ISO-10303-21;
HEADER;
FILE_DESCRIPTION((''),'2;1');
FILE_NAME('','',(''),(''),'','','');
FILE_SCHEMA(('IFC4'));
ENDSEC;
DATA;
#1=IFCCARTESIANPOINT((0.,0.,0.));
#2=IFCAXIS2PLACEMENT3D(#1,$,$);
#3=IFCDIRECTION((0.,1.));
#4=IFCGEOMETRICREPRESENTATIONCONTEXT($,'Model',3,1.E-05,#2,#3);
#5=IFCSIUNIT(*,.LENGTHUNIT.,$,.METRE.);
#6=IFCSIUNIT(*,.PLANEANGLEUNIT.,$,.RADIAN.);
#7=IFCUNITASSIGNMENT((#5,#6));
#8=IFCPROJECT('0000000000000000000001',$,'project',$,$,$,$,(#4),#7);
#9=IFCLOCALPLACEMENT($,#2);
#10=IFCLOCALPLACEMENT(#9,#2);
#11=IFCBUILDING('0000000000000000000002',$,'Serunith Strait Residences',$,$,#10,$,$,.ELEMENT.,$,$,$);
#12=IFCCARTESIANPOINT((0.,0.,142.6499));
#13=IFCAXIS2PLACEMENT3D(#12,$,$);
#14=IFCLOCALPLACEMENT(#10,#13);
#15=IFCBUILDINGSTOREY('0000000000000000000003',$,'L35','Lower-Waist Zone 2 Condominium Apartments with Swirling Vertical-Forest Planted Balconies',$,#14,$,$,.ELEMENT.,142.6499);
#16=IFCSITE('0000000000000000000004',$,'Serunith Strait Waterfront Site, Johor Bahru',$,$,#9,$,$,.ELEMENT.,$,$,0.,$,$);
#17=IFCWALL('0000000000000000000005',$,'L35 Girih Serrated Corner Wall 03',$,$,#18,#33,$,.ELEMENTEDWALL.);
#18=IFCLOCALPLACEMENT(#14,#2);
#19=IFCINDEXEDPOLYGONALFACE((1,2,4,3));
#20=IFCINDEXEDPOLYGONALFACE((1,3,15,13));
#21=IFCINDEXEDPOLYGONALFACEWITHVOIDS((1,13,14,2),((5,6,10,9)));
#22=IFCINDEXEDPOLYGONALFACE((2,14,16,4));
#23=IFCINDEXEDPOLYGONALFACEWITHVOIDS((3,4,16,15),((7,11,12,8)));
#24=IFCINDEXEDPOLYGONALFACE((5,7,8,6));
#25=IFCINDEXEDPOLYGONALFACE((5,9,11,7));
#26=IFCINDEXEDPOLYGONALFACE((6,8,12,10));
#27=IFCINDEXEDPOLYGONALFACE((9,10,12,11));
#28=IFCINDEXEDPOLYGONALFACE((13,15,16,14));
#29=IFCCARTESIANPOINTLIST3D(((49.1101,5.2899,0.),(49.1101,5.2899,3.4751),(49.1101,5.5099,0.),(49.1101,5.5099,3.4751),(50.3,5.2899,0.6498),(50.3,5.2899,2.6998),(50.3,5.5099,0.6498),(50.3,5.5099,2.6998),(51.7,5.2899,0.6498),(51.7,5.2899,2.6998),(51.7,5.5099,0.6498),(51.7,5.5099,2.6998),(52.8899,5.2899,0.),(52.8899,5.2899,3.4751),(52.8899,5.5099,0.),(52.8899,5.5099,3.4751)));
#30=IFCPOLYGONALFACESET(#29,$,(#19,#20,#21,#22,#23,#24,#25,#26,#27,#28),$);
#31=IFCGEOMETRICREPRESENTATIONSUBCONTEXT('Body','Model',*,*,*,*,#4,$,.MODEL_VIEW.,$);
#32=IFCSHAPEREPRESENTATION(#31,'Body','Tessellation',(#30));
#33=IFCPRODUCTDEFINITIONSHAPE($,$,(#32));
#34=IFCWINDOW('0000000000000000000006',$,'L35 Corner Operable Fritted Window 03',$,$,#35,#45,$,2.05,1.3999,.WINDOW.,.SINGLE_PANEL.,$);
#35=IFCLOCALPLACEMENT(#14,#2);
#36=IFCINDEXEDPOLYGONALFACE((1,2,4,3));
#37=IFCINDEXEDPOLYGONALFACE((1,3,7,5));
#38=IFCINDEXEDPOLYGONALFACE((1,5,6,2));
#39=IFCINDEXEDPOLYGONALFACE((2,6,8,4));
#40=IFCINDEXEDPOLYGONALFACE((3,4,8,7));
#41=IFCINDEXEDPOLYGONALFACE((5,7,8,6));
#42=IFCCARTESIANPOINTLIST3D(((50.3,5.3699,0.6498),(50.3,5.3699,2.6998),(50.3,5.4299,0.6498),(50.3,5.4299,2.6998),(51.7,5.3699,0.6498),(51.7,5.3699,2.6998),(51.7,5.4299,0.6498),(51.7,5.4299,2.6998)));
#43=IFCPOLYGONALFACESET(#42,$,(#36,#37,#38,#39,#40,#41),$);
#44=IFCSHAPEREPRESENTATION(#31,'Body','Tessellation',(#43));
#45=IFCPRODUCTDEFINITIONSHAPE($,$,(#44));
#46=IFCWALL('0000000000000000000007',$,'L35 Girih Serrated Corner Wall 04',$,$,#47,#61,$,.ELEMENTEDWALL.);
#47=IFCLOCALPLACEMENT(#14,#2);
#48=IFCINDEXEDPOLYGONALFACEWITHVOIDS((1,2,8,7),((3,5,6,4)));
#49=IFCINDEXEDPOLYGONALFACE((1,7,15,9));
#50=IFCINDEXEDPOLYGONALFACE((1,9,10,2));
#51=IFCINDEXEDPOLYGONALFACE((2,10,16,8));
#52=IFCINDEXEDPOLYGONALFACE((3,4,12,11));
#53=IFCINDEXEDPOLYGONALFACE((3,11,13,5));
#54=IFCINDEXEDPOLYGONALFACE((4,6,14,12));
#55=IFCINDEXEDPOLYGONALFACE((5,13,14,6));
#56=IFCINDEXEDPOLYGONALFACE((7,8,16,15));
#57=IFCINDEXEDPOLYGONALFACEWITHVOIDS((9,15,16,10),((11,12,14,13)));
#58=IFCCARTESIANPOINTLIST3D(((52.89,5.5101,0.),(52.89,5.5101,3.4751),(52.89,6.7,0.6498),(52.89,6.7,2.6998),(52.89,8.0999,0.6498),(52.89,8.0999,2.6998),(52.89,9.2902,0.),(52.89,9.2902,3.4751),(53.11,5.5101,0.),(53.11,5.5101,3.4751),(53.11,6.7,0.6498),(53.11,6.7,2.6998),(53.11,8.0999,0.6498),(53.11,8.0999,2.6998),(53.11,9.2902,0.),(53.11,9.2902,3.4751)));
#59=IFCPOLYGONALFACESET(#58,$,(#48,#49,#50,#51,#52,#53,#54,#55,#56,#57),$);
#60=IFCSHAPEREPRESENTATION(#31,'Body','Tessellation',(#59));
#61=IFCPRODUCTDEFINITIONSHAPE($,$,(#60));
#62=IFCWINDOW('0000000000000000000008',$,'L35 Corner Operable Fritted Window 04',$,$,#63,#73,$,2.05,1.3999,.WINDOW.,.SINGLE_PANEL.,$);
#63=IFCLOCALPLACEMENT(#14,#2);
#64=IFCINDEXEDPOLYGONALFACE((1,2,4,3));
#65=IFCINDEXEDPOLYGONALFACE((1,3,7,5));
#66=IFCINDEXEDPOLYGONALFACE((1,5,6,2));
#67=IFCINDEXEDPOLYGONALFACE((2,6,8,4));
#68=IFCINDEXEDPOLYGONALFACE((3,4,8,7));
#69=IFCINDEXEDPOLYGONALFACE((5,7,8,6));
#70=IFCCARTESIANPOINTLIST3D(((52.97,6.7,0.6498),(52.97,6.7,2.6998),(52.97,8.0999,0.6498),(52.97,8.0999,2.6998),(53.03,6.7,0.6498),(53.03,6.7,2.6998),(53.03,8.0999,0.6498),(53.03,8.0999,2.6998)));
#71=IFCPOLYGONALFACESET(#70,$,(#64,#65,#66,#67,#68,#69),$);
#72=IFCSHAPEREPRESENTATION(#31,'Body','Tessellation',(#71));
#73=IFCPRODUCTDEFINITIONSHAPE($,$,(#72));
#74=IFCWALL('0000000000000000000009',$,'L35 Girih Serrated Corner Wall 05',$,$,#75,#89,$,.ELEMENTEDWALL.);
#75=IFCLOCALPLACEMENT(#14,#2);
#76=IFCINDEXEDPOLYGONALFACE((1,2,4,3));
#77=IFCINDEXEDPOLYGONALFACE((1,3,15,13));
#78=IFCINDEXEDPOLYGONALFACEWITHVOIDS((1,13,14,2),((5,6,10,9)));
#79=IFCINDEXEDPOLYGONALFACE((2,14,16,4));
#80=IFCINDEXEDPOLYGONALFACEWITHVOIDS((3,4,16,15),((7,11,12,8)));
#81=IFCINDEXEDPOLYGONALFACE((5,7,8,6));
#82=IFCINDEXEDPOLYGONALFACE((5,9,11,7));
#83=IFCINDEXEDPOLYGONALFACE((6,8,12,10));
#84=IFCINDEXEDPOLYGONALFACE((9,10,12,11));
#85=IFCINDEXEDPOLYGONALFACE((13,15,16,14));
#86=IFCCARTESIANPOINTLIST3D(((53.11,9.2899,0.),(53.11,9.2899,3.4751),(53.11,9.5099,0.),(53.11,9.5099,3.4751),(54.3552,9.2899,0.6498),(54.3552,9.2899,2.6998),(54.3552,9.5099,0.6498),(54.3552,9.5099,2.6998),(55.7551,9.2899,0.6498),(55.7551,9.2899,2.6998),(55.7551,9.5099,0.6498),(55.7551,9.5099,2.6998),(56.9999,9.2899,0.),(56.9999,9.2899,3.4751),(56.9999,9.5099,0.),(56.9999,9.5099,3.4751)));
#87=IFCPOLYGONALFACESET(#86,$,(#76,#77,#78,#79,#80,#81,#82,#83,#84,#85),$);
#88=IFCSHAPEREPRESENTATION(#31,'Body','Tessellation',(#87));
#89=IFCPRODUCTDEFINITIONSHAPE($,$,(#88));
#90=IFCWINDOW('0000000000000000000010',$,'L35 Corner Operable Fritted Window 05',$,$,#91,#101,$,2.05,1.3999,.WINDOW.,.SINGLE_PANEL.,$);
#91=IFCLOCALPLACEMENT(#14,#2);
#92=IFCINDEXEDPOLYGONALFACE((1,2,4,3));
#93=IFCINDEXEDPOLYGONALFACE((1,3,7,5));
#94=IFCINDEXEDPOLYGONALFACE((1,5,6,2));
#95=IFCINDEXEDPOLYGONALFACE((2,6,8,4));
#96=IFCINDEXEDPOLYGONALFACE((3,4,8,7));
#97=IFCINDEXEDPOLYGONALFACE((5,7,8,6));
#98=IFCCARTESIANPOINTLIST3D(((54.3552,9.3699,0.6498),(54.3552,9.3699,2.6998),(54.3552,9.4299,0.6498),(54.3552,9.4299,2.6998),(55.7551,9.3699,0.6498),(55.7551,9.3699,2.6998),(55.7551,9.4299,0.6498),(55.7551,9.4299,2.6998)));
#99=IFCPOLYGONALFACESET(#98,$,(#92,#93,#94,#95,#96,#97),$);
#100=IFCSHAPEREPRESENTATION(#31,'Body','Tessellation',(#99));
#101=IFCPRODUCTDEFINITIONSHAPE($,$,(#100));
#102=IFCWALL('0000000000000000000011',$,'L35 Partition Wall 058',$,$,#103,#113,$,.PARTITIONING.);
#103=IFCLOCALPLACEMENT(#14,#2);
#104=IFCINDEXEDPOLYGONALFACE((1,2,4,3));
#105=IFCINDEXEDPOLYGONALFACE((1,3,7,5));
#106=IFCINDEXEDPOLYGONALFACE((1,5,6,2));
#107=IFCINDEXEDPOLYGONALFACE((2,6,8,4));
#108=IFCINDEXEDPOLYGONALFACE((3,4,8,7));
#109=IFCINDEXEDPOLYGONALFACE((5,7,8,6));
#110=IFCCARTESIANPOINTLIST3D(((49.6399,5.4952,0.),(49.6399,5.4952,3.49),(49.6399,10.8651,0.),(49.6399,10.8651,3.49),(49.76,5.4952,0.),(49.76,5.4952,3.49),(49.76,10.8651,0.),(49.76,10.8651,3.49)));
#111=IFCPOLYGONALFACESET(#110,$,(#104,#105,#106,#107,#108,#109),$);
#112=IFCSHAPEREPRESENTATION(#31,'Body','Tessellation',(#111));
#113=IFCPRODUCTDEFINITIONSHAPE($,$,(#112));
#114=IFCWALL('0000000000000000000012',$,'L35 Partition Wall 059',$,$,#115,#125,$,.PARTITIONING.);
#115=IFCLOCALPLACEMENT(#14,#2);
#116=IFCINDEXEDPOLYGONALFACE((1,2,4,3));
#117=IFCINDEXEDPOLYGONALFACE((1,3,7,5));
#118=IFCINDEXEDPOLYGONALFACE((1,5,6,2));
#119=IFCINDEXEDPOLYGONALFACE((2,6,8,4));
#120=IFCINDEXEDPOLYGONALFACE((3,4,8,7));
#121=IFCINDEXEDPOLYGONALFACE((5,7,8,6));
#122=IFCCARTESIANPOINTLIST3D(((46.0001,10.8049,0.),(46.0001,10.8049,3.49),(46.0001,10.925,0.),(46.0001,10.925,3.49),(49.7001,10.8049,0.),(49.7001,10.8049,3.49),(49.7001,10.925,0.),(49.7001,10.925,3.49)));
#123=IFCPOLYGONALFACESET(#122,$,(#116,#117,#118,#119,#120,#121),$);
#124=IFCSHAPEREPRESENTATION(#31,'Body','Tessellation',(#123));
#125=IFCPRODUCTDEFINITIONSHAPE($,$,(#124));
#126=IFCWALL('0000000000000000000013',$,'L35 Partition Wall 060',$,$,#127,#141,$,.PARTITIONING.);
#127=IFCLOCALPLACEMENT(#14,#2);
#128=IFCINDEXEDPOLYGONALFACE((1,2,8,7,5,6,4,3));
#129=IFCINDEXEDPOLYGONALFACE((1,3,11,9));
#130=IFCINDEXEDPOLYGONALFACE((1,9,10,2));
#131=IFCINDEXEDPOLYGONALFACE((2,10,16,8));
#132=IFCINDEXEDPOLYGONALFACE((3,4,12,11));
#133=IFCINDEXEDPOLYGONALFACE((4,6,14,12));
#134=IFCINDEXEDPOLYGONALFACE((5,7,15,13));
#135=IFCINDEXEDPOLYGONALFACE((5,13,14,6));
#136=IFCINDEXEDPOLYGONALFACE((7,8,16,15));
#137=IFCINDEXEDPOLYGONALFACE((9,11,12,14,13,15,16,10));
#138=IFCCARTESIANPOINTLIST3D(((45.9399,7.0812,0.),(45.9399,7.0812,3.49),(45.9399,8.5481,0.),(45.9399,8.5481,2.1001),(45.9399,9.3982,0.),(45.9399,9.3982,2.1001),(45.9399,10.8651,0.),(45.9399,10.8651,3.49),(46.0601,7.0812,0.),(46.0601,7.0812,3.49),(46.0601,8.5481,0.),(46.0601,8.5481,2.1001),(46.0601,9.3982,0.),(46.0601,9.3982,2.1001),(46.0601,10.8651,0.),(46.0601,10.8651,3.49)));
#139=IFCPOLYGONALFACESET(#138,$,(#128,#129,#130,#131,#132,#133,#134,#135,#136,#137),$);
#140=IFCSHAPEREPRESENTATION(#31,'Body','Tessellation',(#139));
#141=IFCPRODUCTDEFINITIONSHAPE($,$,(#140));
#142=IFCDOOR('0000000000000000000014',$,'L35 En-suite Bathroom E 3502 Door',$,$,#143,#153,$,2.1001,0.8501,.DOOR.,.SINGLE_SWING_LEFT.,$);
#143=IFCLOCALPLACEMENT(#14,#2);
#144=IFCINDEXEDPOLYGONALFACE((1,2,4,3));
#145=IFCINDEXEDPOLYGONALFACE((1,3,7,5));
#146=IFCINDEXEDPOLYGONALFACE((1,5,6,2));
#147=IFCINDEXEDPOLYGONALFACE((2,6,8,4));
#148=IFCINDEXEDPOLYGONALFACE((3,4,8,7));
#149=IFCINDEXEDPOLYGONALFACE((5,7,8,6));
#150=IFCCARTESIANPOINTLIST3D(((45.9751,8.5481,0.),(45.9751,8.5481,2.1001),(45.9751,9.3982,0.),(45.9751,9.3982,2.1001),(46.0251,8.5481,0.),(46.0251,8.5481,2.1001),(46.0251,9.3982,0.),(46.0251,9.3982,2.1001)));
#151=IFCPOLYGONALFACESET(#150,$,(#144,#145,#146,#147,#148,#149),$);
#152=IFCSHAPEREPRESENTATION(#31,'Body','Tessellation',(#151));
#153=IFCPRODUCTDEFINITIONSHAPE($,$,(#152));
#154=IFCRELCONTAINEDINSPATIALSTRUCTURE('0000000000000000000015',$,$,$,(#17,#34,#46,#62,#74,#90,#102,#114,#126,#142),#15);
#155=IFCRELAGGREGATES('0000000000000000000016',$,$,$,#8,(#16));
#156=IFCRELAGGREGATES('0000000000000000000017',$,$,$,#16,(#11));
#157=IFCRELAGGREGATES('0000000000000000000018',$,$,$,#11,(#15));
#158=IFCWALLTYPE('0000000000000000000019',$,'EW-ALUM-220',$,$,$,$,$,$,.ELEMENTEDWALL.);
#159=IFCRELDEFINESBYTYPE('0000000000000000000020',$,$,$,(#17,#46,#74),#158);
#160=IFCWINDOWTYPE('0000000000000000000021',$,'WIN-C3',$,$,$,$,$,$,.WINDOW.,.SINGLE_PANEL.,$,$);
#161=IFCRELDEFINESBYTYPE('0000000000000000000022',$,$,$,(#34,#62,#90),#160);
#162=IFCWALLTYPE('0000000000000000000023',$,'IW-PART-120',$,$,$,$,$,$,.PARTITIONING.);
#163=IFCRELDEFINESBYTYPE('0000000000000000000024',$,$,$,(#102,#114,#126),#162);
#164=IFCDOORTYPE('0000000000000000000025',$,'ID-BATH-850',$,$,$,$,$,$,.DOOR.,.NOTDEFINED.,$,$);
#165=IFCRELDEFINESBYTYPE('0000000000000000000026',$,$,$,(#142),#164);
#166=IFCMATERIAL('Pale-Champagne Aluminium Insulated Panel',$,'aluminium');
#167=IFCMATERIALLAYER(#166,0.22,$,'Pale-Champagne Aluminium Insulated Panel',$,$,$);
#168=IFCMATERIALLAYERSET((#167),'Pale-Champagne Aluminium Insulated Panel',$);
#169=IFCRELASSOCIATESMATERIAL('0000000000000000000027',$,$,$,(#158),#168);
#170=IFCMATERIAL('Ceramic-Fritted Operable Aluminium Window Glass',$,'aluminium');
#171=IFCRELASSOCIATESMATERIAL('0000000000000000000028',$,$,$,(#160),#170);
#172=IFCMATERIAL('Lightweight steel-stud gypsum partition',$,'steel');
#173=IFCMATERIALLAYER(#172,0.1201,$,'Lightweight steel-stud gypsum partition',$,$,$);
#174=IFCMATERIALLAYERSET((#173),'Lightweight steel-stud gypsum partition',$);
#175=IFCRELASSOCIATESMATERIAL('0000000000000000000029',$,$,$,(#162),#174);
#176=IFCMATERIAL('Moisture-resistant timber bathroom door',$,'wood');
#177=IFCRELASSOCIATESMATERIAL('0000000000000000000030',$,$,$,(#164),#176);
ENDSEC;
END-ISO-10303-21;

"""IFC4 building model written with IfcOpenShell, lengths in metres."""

from ifc_helpers import new_model, si_unit, direction, frame, frame_2d, origin, place, context, subcontext, project, spatial, rectangle, extrude, source, transform, mapped, material, layer, layer_set, type_object, element, fill, save


model = new_model("IFC4")

# Units and contexts
model_context = context("Model", 3, precision=1e-05, world=origin(), true_north=direction((0.0, 1.0)))
body_context = subcontext(model_context, "Body", "Model", "MODEL_VIEW")
ifc_project = project(units=[si_unit("LENGTHUNIT", "METRE"), si_unit("PLANEANGLEUNIT", "RADIAN")], contexts=[model_context])

# Site, building, storey
site_placement = place(None, origin())
site = spatial("IfcSite", under=ifc_project, at=site_placement, Name="Serunith Strait Waterfront Site, Johor Bahru", CompositionType="ELEMENT", RefElevation=0.0)
building_placement = place(site_placement, origin())
building = spatial("IfcBuilding", under=site, at=building_placement, Name="Serunith Strait Residences", CompositionType="ELEMENT")
storey_placement = place(building_placement, frame((0.0, 0.0, 142.6499)))
storey = spatial("IfcBuildingStorey", under=building, at=storey_placement, Name="L35", Description="Lower-Waist Zone 2 Condominium Apartments with Swirling Vertical-Forest Planted Balconies", CompositionType="ELEMENT", Elevation=142.6499)

# Walls, openings, windows
ifc_material_1 = material(Name="Pale-Champagne Aluminium Insulated Panel", Category="aluminium")
ifc_layer_1 = layer(ifc_material_1, 0.22, Name="Pale-Champagne Aluminium Insulated Panel")
ifc_layer_set_1 = layer_set([ifc_layer_1], Name="Pale-Champagne Aluminium Insulated Panel")
wall_type_1 = type_object("IfcWallType", Name="EW-ALUM-220", PredefinedType="ELEMENTEDWALL", material=ifc_layer_set_1)
ifc_material_2 = material(Name="Ceramic-Fritted Operable Aluminium Window Glass", Category="aluminium")
window_type = type_object("IfcWindowType", Name="WIN-C3", PartitioningType="SINGLE_PANEL", PredefinedType="WINDOW", material=ifc_material_2)
shared_shape_1 = source(origin(), body_context, "Body", "SweptSolid", [
    extrude(rectangle(XDim=1.3999, YDim=2.05, at=frame_2d((0.7, 1.0249))), frame((0.0, 0.03, 0.0), z_axis=(0.0, -1.0, 0.0), x_axis=(1.0, 0.0, 0.0)), (0.0, 0.0, 1.0), 0.0601),
])
wall_1_placement = place(storey_placement, frame((49.1101, 5.3999, 0.0), z_axis=(0.0, 0.0, 1.0), x_axis=(1.0, 0.0, 0.0)))
wall_1 = element("IfcWall", 1, at=wall_1_placement, inside=storey, type_object=wall_type_1, Name="L35 Girih Serrated Corner Wall 03", PredefinedType="ELEMENTEDWALL", context=body_context, shape_type="SweptSolid", body=[
    extrude(rectangle(XDim=3.7798, YDim=0.22, at=frame_2d((1.8899, 0.0))), origin(), (0.0, 0.0, 1.0), 3.4751),
])
opening_1_placement = place(wall_1_placement, frame((1.1899, 0.0, 0.6499)))
opening_1 = element("IfcOpeningElement", 2, at=opening_1_placement, cuts=wall_1, PredefinedType="OPENING", context=body_context, shape_type="SweptSolid", body=[
    extrude(rectangle(XDim=1.3999, YDim=2.05, at=frame_2d((0.7, 1.0249))), frame((0.0, 0.1201, 0.0), z_axis=(0.0, -1.0, 0.0), x_axis=(1.0, 0.0, 0.0)), (0.0, 0.0, 1.0), 0.24),
])
window_1_placement = place(opening_1_placement, origin())
window_1 = element("IfcWindow", 3, at=window_1_placement, inside=storey, type_object=window_type, Name="L35 Corner Operable Fritted Window 03", OverallHeight=2.05, OverallWidth=1.3999, PartitioningType="SINGLE_PANEL", PredefinedType="WINDOW", context=body_context, shape_type="MappedRepresentation", body=[
    mapped(shared_shape_1, transform((0.0, 0.0, 0.0), scale=1.0)),
])
fill(opening_1, window_1)
wall_2_placement = place(storey_placement, frame((53.0, 5.51, 0.0), z_axis=(0.0, 0.0, 1.0), x_axis=(0.0, 1.0, 0.0)))
wall_2 = element("IfcWall", 4, at=wall_2_placement, inside=storey, type_object=wall_type_1, Name="L35 Girih Serrated Corner Wall 04", PredefinedType="ELEMENTEDWALL", context=body_context, shape_type="SweptSolid", body=[
    extrude(rectangle(XDim=3.78, YDim=0.22, at=frame_2d((1.8901, 0.0))), origin(), (0.0, 0.0, 1.0), 3.4751),
])
opening_2_placement = place(wall_2_placement, frame((1.1899, 0.0, 0.6499)))
opening_2 = element("IfcOpeningElement", 5, at=opening_2_placement, cuts=wall_2, PredefinedType="OPENING", context=body_context, shape_type="SweptSolid", body=[
    extrude(rectangle(XDim=1.3999, YDim=2.05, at=frame_2d((0.7, 1.0249))), frame((0.0, 0.1201, 0.0), z_axis=(0.0, -1.0, 0.0), x_axis=(1.0, 0.0, 0.0)), (0.0, 0.0, 1.0), 0.24),
])
window_2_placement = place(opening_2_placement, origin())
window_2 = element("IfcWindow", 6, at=window_2_placement, inside=storey, type_object=window_type, Name="L35 Corner Operable Fritted Window 04", OverallHeight=2.05, OverallWidth=1.3999, PartitioningType="SINGLE_PANEL", PredefinedType="WINDOW", context=body_context, shape_type="MappedRepresentation", body=[
    mapped(shared_shape_1, transform((0.0, 0.0, 0.0), scale=1.0)),
])
fill(opening_2, window_2)
wall_3_placement = place(storey_placement, frame((53.1101, 9.3999, 0.0), z_axis=(0.0, 0.0, 1.0), x_axis=(1.0, 0.0, 0.0)))
wall_3 = element("IfcWall", 7, at=wall_3_placement, inside=storey, type_object=wall_type_1, Name="L35 Girih Serrated Corner Wall 05", PredefinedType="ELEMENTEDWALL", context=body_context, shape_type="SweptSolid", body=[
    extrude(rectangle(XDim=3.8899, YDim=0.22, at=frame_2d((1.9448, 0.0))), origin(), (0.0, 0.0, 1.0), 3.4751),
])
opening_3_placement = place(wall_3_placement, frame((1.2451, 0.0, 0.6499)))
opening_3 = element("IfcOpeningElement", 8, at=opening_3_placement, cuts=wall_3, PredefinedType="OPENING", context=body_context, shape_type="SweptSolid", body=[
    extrude(rectangle(XDim=1.3999, YDim=2.05, at=frame_2d((0.7, 1.0249))), frame((0.0, 0.1201, 0.0), z_axis=(0.0, -1.0, 0.0), x_axis=(1.0, 0.0, 0.0)), (0.0, 0.0, 1.0), 0.24),
])
window_3_placement = place(opening_3_placement, origin())
window_3 = element("IfcWindow", 9, at=window_3_placement, inside=storey, type_object=window_type, Name="L35 Corner Operable Fritted Window 05", OverallHeight=2.05, OverallWidth=1.3999, PartitioningType="SINGLE_PANEL", PredefinedType="WINDOW", context=body_context, shape_type="MappedRepresentation", body=[
    mapped(shared_shape_1, transform((0.0, 0.0, 0.0), scale=1.0)),
])
fill(opening_3, window_3)

# Walls
ifc_material_3 = material(Name="Lightweight steel-stud gypsum partition", Category="steel")
ifc_layer_2 = layer(ifc_material_3, 0.1201, Name="Lightweight steel-stud gypsum partition")
ifc_layer_set_2 = layer_set([ifc_layer_2], Name="Lightweight steel-stud gypsum partition")
wall_type_2 = type_object("IfcWallType", Name="IW-PART-120", PredefinedType="PARTITIONING", material=ifc_layer_set_2)
wall_4_placement = place(storey_placement, frame((49.7, 5.4951, 0.0), z_axis=(0.0, 0.0, 1.0), x_axis=(0.0, 1.0, 0.0)))
element("IfcWall", 10, at=wall_4_placement, inside=storey, type_object=wall_type_2, Name="L35 Partition Wall 058", PredefinedType="PARTITIONING", context=body_context, shape_type="SweptSolid", body=[
    extrude(rectangle(XDim=5.3699, YDim=0.1201, at=frame_2d((2.6851, 0.0))), origin(), (0.0, 0.0, 1.0), 3.49),
])
wall_5_placement = place(storey_placement, frame((46.0, 10.865, 0.0), z_axis=(0.0, 0.0, 1.0), x_axis=(1.0, 0.0, 0.0)))
element("IfcWall", 11, at=wall_5_placement, inside=storey, type_object=wall_type_2, Name="L35 Partition Wall 059", PredefinedType="PARTITIONING", context=body_context, shape_type="SweptSolid", body=[
    extrude(rectangle(XDim=3.7, YDim=0.1201, at=frame_2d((1.8501, 0.0))), origin(), (0.0, 0.0, 1.0), 3.49),
])

# Wall, opening, door
wall_6_placement = place(storey_placement, frame((46.0, 7.0811, 0.0), z_axis=(0.0, 0.0, 1.0), x_axis=(0.0, 1.0, 0.0)))
wall_6 = element("IfcWall", 12, at=wall_6_placement, inside=storey, type_object=wall_type_2, Name="L35 Partition Wall 060", PredefinedType="PARTITIONING", context=body_context, shape_type="SweptSolid", body=[
    extrude(rectangle(XDim=3.7839, YDim=0.1201, at=frame_2d((1.8921, 0.0))), origin(), (0.0, 0.0, 1.0), 3.49),
])
opening_4_placement = place(wall_6_placement, frame((1.467, 0.0, 0.0)))
opening_4 = element("IfcOpeningElement", 13, at=opening_4_placement, cuts=wall_6, PredefinedType="OPENING", context=body_context, shape_type="SweptSolid", body=[
    extrude(rectangle(XDim=0.8501, YDim=2.1001, at=frame_2d((0.425, 1.05))), frame((0.0, 0.0701, 0.0), z_axis=(0.0, -1.0, 0.0), x_axis=(1.0, 0.0, 0.0)), (0.0, 0.0, 1.0), 0.1401),
])
ifc_material_4 = material(Name="Moisture-resistant timber bathroom door", Category="wood")
door_type_1 = type_object("IfcDoorType", Name="ID-BATH-850", OperationType="NOTDEFINED", PredefinedType="DOOR", material=ifc_material_4)
shared_shape_2 = source(origin(), body_context, "Body", "SweptSolid", [
    extrude(rectangle(XDim=0.8501, YDim=2.1001, at=frame_2d((0.425, 1.05))), frame((0.0, 0.0249, 0.0), z_axis=(0.0, -1.0, 0.0), x_axis=(1.0, 0.0, 0.0)), (0.0, 0.0, 1.0), 0.05),
])
door_1_placement = place(opening_4_placement, origin())
door_1 = element("IfcDoor", 14, at=door_1_placement, inside=storey, type_object=door_type_1, Name="L35 En-suite Bathroom E 3502 Door", OperationType="SINGLE_SWING_LEFT", OverallHeight=2.1001, OverallWidth=0.8501, PredefinedType="DOOR", context=body_context, shape_type="MappedRepresentation", body=[
    mapped(shared_shape_2, transform((0.0, 0.0, 0.0), scale=1.0)),
])
fill(opening_4, door_1)

save(model, "model.ifc")
